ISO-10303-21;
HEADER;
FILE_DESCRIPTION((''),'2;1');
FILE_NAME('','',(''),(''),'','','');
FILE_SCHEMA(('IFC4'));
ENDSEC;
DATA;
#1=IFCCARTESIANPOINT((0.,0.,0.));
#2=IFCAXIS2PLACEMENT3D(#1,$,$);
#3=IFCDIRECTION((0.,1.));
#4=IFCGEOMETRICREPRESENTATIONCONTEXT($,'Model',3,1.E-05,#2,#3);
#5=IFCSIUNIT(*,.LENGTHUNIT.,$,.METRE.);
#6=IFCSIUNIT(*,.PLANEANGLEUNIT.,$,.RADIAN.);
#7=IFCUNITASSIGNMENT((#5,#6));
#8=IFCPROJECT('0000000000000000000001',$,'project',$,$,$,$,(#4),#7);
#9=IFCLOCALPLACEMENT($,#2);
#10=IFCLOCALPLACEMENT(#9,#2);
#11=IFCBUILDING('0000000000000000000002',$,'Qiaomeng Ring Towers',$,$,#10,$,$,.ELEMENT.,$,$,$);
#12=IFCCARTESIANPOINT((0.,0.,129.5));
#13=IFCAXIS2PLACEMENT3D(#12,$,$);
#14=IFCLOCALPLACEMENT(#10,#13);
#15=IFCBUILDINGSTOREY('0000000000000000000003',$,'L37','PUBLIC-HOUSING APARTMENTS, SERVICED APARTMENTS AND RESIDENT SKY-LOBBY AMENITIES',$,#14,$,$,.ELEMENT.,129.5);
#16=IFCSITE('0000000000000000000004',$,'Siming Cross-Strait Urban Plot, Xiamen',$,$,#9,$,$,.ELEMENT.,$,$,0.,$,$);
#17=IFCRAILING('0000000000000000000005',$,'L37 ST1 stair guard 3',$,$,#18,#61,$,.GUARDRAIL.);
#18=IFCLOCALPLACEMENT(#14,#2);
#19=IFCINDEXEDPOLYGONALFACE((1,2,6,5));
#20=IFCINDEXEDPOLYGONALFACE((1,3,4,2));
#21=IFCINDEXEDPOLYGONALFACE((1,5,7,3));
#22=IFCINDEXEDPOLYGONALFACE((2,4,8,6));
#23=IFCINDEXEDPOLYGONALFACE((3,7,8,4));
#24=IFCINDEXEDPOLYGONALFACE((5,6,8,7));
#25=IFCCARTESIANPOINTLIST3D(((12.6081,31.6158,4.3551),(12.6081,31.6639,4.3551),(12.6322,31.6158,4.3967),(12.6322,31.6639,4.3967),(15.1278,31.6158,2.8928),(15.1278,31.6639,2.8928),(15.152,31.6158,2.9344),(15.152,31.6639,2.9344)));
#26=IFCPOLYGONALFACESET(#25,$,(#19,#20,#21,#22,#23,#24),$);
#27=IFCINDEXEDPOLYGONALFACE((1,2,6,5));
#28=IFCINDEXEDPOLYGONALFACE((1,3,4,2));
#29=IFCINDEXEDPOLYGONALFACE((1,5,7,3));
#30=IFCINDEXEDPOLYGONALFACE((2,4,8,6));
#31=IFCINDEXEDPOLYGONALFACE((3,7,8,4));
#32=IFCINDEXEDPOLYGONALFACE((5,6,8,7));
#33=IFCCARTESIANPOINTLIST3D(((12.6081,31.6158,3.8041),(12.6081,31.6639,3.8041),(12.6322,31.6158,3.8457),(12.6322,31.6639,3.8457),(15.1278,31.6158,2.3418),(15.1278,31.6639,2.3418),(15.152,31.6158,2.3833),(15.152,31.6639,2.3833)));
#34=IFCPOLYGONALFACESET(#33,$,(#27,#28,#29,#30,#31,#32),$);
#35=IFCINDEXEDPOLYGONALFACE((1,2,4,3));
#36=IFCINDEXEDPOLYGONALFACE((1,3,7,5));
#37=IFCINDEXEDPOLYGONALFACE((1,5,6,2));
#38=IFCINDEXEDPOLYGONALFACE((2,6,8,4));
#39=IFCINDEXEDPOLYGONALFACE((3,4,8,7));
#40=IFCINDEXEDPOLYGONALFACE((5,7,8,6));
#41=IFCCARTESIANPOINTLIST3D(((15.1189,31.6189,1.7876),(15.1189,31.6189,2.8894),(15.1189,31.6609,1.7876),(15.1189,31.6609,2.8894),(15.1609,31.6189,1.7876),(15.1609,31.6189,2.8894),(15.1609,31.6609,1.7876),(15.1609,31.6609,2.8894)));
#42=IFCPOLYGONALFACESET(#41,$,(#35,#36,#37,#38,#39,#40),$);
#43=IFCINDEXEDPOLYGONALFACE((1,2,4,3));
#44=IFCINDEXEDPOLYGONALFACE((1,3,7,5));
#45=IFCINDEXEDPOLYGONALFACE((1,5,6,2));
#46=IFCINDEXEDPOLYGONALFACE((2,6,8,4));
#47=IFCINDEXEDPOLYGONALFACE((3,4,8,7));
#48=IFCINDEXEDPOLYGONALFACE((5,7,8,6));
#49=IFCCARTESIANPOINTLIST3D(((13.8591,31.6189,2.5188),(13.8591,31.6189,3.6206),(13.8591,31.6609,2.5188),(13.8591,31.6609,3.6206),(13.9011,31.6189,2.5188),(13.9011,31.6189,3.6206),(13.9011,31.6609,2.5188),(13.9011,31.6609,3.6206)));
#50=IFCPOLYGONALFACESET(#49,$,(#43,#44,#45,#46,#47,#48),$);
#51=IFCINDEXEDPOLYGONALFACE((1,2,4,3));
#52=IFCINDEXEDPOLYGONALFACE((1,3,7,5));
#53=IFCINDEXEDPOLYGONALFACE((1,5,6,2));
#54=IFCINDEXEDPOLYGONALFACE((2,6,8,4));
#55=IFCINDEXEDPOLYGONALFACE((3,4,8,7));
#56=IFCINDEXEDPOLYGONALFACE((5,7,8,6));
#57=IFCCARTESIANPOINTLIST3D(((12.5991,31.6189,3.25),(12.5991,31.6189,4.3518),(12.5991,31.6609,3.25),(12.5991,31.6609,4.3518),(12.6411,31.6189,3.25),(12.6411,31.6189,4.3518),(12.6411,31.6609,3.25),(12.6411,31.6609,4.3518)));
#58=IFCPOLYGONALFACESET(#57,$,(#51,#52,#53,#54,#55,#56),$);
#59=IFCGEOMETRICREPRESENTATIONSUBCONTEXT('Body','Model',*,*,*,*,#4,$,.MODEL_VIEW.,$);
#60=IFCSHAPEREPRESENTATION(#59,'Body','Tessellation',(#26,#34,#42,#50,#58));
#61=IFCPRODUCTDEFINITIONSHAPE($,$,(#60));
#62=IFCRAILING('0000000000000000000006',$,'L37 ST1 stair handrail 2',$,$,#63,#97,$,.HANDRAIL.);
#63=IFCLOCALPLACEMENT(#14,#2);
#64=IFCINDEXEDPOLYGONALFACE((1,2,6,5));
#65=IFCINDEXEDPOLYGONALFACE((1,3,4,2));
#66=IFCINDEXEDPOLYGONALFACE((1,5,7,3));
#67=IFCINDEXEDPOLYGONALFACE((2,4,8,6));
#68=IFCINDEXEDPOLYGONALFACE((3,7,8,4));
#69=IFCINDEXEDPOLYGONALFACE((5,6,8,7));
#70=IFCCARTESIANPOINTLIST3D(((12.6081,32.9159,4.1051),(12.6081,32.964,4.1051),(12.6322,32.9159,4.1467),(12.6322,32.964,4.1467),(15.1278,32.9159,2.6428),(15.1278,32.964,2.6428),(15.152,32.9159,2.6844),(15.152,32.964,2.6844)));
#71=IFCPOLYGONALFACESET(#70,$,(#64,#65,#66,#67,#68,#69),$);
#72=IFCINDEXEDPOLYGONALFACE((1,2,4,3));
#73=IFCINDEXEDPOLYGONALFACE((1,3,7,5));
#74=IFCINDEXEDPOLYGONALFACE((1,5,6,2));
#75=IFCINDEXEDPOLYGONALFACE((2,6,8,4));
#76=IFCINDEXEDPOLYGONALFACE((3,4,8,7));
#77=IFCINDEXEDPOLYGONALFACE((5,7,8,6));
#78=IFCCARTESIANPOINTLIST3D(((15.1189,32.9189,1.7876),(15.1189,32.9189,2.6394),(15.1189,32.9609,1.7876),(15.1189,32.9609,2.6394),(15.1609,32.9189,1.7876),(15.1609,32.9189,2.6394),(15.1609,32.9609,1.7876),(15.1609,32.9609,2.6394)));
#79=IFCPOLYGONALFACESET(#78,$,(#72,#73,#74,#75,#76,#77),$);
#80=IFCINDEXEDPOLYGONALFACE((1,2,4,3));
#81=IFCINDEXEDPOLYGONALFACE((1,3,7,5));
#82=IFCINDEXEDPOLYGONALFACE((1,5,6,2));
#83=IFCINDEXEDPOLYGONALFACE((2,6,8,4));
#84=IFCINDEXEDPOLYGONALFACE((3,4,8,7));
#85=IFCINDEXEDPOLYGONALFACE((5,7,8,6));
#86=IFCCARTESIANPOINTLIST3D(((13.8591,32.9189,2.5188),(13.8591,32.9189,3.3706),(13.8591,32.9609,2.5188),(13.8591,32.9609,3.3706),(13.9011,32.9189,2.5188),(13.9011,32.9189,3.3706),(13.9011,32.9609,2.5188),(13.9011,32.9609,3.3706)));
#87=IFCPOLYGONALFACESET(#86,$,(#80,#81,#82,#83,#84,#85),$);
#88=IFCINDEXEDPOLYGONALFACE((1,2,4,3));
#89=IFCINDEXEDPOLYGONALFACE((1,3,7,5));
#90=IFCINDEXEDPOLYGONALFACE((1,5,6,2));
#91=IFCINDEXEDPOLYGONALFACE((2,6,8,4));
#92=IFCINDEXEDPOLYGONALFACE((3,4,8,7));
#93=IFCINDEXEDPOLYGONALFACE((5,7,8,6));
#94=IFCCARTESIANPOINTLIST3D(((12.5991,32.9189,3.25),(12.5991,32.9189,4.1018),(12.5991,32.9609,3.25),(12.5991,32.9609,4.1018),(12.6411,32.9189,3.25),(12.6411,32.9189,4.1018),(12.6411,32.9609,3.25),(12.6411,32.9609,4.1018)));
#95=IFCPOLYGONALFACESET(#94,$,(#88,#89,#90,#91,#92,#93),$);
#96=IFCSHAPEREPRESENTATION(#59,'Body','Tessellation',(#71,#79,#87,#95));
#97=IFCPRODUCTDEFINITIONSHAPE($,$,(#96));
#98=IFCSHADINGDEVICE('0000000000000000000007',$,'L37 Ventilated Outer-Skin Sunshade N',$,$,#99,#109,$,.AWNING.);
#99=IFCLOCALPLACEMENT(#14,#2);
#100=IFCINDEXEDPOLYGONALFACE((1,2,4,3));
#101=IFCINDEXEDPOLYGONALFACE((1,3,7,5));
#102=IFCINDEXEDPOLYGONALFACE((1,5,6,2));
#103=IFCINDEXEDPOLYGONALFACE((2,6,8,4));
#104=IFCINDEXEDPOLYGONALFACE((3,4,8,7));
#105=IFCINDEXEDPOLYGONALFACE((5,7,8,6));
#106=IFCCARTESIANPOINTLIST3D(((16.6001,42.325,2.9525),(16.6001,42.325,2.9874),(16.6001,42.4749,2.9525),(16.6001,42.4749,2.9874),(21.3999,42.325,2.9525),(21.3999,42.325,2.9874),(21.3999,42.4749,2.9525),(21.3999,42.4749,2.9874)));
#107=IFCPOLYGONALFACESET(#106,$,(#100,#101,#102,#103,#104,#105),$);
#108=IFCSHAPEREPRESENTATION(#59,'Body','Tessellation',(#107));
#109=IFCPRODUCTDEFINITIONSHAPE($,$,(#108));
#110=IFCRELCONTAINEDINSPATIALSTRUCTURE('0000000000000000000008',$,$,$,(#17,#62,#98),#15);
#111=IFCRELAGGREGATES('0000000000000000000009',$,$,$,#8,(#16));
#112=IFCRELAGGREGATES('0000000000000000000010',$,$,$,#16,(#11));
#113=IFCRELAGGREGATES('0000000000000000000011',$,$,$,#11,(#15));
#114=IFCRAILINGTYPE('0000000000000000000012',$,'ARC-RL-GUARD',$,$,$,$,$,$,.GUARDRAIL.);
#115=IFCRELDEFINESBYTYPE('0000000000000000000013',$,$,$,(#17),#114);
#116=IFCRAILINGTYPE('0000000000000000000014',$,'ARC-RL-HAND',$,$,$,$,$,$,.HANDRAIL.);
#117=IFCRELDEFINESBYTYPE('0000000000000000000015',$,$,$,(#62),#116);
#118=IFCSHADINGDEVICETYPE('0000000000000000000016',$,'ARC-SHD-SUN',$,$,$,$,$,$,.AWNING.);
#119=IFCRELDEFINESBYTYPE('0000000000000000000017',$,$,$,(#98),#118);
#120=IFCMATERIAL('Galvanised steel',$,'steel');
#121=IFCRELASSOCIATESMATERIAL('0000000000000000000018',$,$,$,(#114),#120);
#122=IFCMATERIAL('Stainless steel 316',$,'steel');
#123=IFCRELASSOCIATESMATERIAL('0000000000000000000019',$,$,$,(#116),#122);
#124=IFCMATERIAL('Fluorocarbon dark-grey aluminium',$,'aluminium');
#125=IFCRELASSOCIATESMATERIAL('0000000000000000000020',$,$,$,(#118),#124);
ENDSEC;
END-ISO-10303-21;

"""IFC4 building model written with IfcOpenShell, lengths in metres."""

from ifc_helpers import new_model, si_unit, direction, frame, origin, origin_2d, place, context, subcontext, project, spatial, rectangle, extrude, source, transform, mapped, material, material_profile, profile_set, type_object, element, save


model = new_model("IFC4")

# Units and contexts
model_context = context("Model", 3, precision=1e-05, world=origin(), true_north=direction((0.0, 1.0)))
body_context = subcontext(model_context, "Body", "Model", "MODEL_VIEW")
ifc_project = project(units=[si_unit("LENGTHUNIT", "METRE"), si_unit("PLANEANGLEUNIT", "RADIAN")], contexts=[model_context])

# Site, building, storey
site_placement = place(None, origin())
site = spatial("IfcSite", under=ifc_project, at=site_placement, Name="Siming Cross-Strait Urban Plot, Xiamen", CompositionType="ELEMENT", RefElevation=0.0)
building_placement = place(site_placement, origin())
building = spatial("IfcBuilding", under=site, at=building_placement, Name="Qiaomeng Ring Towers", CompositionType="ELEMENT")
storey_placement = place(building_placement, frame((0.0, 0.0, 129.5)))
storey = spatial("IfcBuildingStorey", under=building, at=storey_placement, Name="L37", Description="PUBLIC-HOUSING APARTMENTS, SERVICED APARTMENTS AND RESIDENT SKY-LOBBY AMENITIES", CompositionType="ELEMENT", Elevation=129.5)

# Shared definitions
ifc_material_1 = material(Name="Galvanised steel", Category="steel")

# Shared definitions
ifc_material_2 = material(Name="Stainless steel 316", Category="steel")

# Railings
railing_type_1 = type_object("IfcRailingType", Name="ARC-RL-GUARD", PredefinedType="GUARDRAIL", material=ifc_material_1)
railing_1_placement = place(storey_placement, frame((15.1399, 31.6399, 1.7876)))
element("IfcRailing", 1, at=railing_1_placement, inside=storey, type_object=railing_type_1, Name="L37 ST1 stair guard 3", PredefinedType="GUARDRAIL", context=body_context, shape_type="SweptSolid", body=[
    extrude(rectangle(XDim=0.0481, YDim=0.0481, at=origin_2d()), frame((0.0, 0.0, 1.126), z_axis=(-0.864892, 0.0, 0.501958), x_axis=(0.0, -1.0, 0.0)), (0.0, 0.0, 1.0), 2.9133),
    extrude(rectangle(XDim=0.0481, YDim=0.0481, at=origin_2d()), frame((0.0, 0.0, 0.575), z_axis=(-0.864892, 0.0, 0.501958), x_axis=(0.0, -1.0, 0.0)), (0.0, 0.0, 1.0), 2.9133),
    extrude(rectangle(XDim=0.042, YDim=0.042, at=origin_2d()), origin(), (0.0, 0.0, 1.0), 1.1018),
    extrude(rectangle(XDim=0.042, YDim=0.042, at=origin_2d()), frame((-1.2598, 0.0, 0.7312)), (0.0, 0.0, 1.0), 1.1018),
    extrude(rectangle(XDim=0.042, YDim=0.042, at=origin_2d()), frame((-2.5198, 0.0, 1.4624)), (0.0, 0.0, 1.0), 1.1018),
])
railing_type_2 = type_object("IfcRailingType", Name="ARC-RL-HAND", PredefinedType="HANDRAIL", material=ifc_material_2)
railing_2_placement = place(storey_placement, frame((15.1399, 32.9399, 1.7876)))
element("IfcRailing", 2, at=railing_2_placement, inside=storey, type_object=railing_type_2, Name="L37 ST1 stair handrail 2", PredefinedType="HANDRAIL", context=body_context, shape_type="SweptSolid", body=[
    extrude(rectangle(XDim=0.0481, YDim=0.0481, at=origin_2d()), frame((0.0, 0.0, 0.876), z_axis=(-0.864892, 0.0, 0.501958), x_axis=(0.0, -1.0, 0.0)), (0.0, 0.0, 1.0), 2.9133),
    extrude(rectangle(XDim=0.042, YDim=0.042, at=origin_2d()), origin(), (0.0, 0.0, 1.0), 0.8518),
    extrude(rectangle(XDim=0.042, YDim=0.042, at=origin_2d()), frame((-1.2598, 0.0, 0.7312)), (0.0, 0.0, 1.0), 0.8518),
    extrude(rectangle(XDim=0.042, YDim=0.042, at=origin_2d()), frame((-2.5198, 0.0, 1.4624)), (0.0, 0.0, 1.0), 0.8518),
])

# Shading device
ifc_material_3 = material(Name="Fluorocarbon dark-grey aluminium", Category="aluminium")
ifc_material_profile_1 = material_profile(ifc_material_3, rectangle(XDim=0.1499, YDim=0.0349, at=origin_2d()), Name="LV BLADE 150x35")
ifc_profile_set_1 = profile_set([ifc_material_profile_1], Name="Fluorocarbon dark-grey aluminium")
shading_device_type = type_object("IfcShadingDeviceType", Name="ARC-SHD-SUN", PredefinedType="AWNING", material=ifc_profile_set_1)
shared_shape_1 = source(origin(), body_context, "Body", "SweptSolid", [
    extrude(rectangle(XDim=0.1499, YDim=0.0349, at=origin_2d()), origin(), (0.0, 0.0, 1.0), 4.7998),
])
shading_device_placement = place(storey_placement, frame((16.6001, 42.3999, 2.97), z_axis=(1.0, 0.0, 0.0), x_axis=(0.0, 1.0, 0.0)))
element("IfcShadingDevice", 3, at=shading_device_placement, inside=storey, type_object=shading_device_type, Name="L37 Ventilated Outer-Skin Sunshade N", PredefinedType="AWNING", context=body_context, shape_type="MappedRepresentation", body=[
    mapped(shared_shape_1, transform((0.0, 0.0, 0.0), x_axis=(1.0, 0.0, 0.0), y_axis=(0.0, 1.0, 0.0), z_axis=(0.0, 0.0, 1.0), scale=1.0)),
])

save(model, "model.ifc")
